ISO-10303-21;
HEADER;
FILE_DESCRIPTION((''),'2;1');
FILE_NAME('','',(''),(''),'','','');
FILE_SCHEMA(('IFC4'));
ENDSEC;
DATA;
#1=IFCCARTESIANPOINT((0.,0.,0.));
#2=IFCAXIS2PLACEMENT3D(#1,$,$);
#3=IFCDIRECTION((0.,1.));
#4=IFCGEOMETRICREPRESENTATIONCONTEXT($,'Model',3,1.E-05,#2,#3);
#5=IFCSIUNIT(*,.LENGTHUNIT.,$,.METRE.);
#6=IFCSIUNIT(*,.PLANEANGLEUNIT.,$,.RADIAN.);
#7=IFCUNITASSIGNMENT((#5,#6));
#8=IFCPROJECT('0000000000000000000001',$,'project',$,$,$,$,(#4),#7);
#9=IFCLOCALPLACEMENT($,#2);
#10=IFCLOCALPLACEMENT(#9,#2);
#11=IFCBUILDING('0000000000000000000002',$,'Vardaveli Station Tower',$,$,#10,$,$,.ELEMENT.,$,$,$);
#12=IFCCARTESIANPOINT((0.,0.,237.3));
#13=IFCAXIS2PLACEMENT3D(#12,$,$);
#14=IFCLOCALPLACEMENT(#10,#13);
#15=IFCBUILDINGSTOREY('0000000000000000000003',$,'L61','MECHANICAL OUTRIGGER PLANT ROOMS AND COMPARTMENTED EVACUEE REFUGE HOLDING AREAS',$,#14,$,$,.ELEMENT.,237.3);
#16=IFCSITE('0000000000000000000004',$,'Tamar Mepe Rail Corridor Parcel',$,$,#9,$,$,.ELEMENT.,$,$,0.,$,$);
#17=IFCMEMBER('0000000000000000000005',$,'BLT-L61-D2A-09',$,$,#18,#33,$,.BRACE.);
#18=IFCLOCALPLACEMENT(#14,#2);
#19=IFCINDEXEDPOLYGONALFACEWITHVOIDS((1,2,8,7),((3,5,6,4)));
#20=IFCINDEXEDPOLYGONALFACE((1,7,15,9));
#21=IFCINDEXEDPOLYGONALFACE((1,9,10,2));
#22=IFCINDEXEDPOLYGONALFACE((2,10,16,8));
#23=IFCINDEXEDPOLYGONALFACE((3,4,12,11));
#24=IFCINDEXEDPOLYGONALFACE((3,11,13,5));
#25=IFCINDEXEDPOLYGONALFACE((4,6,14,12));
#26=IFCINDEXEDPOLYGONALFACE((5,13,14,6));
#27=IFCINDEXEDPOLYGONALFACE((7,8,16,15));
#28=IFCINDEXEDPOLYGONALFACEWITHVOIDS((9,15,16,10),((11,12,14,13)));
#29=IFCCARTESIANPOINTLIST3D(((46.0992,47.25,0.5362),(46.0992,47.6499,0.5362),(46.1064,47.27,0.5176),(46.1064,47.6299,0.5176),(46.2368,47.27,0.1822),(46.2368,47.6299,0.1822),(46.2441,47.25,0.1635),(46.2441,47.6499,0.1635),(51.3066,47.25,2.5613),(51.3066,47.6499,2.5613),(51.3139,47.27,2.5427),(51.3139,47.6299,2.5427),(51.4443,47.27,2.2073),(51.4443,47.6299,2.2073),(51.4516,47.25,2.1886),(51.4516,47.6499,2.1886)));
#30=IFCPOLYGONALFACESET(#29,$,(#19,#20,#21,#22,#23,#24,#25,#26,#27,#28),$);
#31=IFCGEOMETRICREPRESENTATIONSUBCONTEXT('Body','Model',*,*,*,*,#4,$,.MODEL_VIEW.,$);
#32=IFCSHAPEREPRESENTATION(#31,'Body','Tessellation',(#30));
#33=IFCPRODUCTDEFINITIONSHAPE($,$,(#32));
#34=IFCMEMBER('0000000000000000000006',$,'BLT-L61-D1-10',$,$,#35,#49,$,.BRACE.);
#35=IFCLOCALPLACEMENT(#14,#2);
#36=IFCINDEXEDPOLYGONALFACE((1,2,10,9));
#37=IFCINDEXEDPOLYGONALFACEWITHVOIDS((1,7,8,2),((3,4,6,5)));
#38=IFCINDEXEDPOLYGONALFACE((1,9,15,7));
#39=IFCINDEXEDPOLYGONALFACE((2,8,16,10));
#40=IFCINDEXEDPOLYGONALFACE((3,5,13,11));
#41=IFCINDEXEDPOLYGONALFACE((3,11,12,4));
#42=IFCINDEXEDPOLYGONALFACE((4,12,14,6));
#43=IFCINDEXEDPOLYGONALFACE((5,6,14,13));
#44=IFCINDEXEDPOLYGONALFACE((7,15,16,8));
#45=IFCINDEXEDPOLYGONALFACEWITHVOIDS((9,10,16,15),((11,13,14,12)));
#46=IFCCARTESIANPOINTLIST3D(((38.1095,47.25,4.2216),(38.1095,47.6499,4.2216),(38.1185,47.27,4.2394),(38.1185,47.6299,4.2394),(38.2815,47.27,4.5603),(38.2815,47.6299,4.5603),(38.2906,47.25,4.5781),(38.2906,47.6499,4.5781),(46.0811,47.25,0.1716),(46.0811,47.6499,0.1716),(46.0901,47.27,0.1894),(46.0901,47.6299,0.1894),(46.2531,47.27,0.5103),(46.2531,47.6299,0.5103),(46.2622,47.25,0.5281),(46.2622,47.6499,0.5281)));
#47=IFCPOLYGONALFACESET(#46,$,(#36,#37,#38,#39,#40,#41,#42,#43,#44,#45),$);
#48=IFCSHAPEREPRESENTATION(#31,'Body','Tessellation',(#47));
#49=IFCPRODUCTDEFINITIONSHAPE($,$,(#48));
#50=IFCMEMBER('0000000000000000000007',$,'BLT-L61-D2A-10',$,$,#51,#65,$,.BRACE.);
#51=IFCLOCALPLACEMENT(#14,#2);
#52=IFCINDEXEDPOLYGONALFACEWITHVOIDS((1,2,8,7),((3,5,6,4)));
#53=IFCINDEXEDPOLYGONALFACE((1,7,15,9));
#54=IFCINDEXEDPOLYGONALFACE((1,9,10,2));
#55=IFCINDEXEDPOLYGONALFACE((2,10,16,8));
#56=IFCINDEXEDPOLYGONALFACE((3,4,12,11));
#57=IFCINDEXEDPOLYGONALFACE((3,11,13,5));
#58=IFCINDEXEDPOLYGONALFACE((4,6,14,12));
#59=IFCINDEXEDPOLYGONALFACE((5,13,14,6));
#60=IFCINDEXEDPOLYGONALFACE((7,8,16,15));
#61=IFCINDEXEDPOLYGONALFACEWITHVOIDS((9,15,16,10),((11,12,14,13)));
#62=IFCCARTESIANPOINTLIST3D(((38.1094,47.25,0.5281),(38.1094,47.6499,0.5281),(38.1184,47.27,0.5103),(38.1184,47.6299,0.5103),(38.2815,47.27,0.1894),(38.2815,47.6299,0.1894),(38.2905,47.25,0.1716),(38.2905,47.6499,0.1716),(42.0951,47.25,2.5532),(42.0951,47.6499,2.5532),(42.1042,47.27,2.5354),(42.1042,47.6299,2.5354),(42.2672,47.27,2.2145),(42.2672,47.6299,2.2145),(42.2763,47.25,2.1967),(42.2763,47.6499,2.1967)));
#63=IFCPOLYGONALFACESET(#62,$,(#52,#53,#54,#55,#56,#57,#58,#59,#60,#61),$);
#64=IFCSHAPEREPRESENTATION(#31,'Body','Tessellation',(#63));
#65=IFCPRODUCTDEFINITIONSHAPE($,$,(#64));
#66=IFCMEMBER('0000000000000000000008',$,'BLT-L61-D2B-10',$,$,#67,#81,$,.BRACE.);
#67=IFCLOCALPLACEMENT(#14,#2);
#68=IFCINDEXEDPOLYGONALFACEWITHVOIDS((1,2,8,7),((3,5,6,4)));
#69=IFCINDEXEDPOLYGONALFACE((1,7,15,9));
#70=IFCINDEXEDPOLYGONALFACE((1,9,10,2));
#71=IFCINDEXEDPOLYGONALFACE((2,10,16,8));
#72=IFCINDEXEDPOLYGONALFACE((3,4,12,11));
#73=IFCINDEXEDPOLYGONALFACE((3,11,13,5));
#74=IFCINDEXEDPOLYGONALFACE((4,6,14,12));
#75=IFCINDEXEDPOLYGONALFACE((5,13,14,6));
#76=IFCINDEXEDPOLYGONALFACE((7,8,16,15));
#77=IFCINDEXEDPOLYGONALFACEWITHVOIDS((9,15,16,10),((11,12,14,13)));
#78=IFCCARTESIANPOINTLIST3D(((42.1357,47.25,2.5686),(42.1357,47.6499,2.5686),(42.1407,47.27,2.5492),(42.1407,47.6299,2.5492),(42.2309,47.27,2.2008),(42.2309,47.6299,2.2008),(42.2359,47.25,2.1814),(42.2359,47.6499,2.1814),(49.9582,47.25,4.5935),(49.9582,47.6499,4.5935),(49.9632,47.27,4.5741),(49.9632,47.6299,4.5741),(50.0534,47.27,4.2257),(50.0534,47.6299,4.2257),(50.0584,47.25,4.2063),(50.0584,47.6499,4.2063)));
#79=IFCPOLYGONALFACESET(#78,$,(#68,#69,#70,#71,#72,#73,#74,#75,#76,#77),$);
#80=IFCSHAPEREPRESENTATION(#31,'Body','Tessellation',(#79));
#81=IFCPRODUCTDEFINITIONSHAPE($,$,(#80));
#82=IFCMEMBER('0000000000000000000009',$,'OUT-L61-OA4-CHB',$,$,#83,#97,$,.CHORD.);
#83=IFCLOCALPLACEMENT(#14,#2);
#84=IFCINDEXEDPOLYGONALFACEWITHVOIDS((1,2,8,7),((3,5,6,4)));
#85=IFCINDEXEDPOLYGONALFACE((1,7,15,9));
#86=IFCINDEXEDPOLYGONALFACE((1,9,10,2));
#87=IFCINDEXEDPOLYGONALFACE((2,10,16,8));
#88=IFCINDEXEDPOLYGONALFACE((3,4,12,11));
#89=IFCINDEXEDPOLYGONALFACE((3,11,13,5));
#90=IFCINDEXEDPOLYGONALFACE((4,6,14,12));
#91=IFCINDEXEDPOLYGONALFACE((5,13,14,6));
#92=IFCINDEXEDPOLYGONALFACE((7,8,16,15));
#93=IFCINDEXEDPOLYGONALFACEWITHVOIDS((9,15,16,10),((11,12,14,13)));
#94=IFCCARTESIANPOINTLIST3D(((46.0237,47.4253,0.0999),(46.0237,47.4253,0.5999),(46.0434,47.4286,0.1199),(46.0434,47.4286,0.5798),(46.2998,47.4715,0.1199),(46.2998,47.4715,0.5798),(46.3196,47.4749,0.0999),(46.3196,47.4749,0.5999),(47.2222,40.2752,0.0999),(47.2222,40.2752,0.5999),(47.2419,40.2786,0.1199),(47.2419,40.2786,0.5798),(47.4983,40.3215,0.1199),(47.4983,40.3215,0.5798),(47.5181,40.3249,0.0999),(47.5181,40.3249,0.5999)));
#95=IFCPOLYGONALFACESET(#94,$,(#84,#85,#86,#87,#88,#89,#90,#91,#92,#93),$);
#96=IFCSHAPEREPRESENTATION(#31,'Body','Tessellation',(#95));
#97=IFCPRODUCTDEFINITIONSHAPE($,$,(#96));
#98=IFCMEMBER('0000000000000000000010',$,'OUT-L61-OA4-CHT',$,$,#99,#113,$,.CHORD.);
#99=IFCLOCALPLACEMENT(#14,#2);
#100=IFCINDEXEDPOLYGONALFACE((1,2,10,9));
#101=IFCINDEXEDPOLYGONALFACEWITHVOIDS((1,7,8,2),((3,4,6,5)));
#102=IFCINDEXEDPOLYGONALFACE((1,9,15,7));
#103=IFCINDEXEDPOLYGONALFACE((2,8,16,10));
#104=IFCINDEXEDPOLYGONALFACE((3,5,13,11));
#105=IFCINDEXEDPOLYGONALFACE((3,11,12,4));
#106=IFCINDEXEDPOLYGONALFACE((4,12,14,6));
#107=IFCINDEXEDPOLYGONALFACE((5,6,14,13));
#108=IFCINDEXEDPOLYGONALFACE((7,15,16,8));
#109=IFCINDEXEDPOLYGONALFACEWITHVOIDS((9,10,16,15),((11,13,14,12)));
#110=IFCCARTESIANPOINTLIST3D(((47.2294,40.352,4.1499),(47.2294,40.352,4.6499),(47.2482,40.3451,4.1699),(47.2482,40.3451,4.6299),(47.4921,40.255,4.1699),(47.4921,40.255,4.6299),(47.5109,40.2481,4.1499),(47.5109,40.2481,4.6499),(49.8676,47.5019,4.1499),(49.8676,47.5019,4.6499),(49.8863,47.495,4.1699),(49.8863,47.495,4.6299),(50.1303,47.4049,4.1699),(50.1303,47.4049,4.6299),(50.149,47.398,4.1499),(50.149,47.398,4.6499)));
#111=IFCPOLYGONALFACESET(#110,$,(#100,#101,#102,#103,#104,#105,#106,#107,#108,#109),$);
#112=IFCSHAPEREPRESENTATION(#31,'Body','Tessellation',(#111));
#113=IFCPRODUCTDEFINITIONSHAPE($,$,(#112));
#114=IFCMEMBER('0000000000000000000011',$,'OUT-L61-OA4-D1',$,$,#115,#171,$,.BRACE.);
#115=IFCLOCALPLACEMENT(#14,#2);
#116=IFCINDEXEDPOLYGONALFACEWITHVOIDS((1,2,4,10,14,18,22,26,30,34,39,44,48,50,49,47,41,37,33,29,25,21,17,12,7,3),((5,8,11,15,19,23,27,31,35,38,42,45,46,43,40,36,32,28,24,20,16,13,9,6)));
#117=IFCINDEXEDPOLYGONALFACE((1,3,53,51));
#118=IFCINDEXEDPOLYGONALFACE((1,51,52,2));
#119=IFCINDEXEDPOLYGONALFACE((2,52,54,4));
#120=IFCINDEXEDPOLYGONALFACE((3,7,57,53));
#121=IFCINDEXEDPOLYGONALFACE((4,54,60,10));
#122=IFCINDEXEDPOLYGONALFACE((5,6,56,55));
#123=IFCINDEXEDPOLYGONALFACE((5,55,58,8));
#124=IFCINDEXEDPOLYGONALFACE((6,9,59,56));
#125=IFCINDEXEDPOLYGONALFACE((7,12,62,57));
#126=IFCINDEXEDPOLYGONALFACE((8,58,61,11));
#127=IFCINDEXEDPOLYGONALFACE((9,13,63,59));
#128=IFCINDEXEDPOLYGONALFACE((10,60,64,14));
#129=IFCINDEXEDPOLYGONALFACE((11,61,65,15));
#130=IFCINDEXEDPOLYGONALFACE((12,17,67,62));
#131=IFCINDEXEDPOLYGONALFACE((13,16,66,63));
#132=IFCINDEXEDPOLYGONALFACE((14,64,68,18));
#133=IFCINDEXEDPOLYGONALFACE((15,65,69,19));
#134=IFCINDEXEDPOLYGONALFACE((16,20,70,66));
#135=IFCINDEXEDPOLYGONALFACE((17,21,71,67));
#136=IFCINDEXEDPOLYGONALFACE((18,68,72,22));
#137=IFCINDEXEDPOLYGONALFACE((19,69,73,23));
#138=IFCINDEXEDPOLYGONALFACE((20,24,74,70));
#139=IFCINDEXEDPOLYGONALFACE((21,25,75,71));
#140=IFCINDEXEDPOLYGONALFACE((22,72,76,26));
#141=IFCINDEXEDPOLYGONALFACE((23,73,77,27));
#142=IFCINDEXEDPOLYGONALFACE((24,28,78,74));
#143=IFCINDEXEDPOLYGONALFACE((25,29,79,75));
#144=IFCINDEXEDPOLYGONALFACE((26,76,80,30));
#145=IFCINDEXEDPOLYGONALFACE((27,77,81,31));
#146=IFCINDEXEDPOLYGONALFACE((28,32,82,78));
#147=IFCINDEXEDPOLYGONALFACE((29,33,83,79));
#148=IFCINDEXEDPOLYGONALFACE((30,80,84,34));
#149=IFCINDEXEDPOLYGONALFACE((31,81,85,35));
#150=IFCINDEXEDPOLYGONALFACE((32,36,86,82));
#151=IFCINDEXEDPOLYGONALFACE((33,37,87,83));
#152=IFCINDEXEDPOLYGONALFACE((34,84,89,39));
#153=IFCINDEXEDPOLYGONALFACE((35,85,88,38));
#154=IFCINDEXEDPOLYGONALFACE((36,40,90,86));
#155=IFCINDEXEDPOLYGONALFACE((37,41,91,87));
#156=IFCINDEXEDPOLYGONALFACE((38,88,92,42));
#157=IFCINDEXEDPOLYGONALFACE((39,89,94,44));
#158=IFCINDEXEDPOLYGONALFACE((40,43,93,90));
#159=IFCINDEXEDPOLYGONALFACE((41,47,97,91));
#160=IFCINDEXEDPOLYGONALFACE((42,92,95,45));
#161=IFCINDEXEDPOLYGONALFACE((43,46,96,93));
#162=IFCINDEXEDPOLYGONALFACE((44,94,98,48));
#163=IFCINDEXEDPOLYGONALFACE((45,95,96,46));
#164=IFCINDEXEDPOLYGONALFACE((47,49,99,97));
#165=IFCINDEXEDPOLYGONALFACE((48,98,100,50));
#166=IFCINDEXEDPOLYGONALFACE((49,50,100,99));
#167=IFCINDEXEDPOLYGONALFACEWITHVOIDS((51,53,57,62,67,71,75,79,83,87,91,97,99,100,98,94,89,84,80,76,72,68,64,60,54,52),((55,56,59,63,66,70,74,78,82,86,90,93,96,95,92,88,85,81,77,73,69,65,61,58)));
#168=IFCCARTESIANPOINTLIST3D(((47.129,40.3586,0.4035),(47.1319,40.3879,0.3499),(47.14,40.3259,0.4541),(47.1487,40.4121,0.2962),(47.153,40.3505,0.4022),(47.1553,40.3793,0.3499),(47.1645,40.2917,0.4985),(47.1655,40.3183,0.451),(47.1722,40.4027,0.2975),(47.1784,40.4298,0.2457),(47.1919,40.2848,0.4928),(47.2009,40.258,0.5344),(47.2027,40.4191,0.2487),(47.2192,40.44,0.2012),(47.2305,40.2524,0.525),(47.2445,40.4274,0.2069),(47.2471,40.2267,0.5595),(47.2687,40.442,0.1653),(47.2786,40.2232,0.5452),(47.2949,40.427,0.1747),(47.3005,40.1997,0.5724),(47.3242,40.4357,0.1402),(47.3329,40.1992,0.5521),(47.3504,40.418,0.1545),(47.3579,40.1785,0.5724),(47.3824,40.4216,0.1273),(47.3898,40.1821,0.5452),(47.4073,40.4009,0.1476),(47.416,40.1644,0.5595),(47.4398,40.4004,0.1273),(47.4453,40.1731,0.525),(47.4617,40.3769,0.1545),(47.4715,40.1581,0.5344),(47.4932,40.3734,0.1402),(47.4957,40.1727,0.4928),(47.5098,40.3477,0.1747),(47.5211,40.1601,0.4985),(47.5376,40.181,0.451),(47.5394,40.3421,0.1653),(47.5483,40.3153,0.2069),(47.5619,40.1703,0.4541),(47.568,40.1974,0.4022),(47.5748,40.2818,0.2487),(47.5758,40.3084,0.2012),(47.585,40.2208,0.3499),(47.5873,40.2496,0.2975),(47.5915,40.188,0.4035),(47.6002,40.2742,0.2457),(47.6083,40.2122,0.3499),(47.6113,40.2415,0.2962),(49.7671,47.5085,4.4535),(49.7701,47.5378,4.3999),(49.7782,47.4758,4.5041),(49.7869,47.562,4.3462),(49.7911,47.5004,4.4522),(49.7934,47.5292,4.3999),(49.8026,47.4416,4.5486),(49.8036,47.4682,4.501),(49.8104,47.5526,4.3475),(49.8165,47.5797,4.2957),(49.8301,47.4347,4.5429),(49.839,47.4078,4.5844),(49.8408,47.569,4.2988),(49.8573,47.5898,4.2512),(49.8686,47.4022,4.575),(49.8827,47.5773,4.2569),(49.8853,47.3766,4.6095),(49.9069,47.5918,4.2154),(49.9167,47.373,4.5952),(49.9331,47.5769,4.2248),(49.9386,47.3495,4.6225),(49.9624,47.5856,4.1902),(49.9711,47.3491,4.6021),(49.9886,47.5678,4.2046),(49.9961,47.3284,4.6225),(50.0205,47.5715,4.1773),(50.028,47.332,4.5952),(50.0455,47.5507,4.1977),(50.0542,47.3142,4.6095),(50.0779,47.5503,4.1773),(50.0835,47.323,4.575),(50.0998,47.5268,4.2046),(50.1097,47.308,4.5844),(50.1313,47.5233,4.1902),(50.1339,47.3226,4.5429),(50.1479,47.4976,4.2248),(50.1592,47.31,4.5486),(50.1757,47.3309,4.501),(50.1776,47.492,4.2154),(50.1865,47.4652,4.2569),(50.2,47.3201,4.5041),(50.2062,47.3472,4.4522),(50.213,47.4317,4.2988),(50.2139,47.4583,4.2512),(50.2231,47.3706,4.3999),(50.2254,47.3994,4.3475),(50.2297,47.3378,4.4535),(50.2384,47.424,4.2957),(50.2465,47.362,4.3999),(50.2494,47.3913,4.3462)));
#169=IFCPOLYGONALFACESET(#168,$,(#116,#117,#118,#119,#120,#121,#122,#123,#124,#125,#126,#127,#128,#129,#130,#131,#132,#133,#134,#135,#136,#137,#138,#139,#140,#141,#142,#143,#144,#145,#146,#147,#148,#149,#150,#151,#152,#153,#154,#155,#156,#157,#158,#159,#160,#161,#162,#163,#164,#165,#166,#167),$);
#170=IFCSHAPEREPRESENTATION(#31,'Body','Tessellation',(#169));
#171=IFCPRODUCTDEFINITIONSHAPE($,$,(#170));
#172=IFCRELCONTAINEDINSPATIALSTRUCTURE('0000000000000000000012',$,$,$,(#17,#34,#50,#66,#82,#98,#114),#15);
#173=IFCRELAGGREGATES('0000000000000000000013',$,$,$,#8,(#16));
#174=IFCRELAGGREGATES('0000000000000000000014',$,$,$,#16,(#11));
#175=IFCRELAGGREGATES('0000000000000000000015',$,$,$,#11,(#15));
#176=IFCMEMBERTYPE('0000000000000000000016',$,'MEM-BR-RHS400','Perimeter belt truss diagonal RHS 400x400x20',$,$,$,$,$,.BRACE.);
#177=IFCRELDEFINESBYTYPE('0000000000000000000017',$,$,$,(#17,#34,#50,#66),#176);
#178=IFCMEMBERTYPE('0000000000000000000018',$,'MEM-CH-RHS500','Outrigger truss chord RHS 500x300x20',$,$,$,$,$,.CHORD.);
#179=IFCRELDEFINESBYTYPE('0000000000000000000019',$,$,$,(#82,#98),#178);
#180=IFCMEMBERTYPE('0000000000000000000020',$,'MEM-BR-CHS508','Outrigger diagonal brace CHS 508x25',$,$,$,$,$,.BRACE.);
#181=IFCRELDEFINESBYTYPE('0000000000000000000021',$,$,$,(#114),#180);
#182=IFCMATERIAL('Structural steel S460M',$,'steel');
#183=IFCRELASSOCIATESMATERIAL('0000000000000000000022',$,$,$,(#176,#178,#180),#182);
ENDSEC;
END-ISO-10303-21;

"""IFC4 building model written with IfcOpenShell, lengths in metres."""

from ifc_helpers import new_model, si_unit, direction, frame, origin, origin_2d, place, context, subcontext, project, spatial, hollow_rectangle, hollow_circle, extrude, source, transform, mapped, material, material_profile, profile_set, type_object, element, save


model = new_model("IFC4")

# Units and contexts
model_context = context("Model", 3, precision=1e-05, world=origin(), true_north=direction((0.0, 1.0)))
body_context = subcontext(model_context, "Body", "Model", "MODEL_VIEW")
ifc_project = project(units=[si_unit("LENGTHUNIT", "METRE"), si_unit("PLANEANGLEUNIT", "RADIAN")], contexts=[model_context])

# Site, building, storey
site_placement = place(None, origin())
site = spatial("IfcSite", under=ifc_project, at=site_placement, Name="Tamar Mepe Rail Corridor Parcel", CompositionType="ELEMENT", RefElevation=0.0)
building_placement = place(site_placement, origin())
building = spatial("IfcBuilding", under=site, at=building_placement, Name="Vardaveli Station Tower", CompositionType="ELEMENT")
storey_placement = place(building_placement, frame((0.0, 0.0, 237.3)))
storey = spatial("IfcBuildingStorey", under=building, at=storey_placement, Name="L61", Description="MECHANICAL OUTRIGGER PLANT ROOMS AND COMPARTMENTED EVACUEE REFUGE HOLDING AREAS", CompositionType="ELEMENT", Elevation=237.3)

# Shared definitions
ifc_material_1 = material(Name="Structural steel S460M", Category="steel")

# Members
ifc_material_profile_1 = material_profile(ifc_material_1, hollow_rectangle(XDim=0.3999, YDim=0.3999, WallThickness=0.02, at=origin_2d()), Name="RHS 400x400x20")
ifc_profile_set_1 = profile_set([ifc_material_profile_1], Name="Structural steel S460M")
member_type_1 = type_object("IfcMemberType", Name="MEM-BR-RHS400", Description="Perimeter belt truss diagonal RHS 400x400x20", PredefinedType="BRACE", material=ifc_profile_set_1)
shared_shape_1 = source(origin(), body_context, "Body", "SweptSolid", [
    extrude(hollow_rectangle(XDim=0.3999, YDim=0.3999, WallThickness=0.02, at=origin_2d()), origin(), (0.0, 0.0, 1.0), 5.5874),
])
member_1_placement = place(storey_placement, frame((46.1716, 47.45, 0.3499), z_axis=(0.932005, 0.0, 0.362446), x_axis=(0.0, 1.0, 0.0)))
element("IfcMember", 1, at=member_1_placement, inside=storey, type_object=member_type_1, Name="BLT-L61-D2A-09", PredefinedType="BRACE", context=body_context, shape_type="MappedRepresentation", body=[
    mapped(shared_shape_1, transform((0.0, 0.0, 0.0), scale=1.0)),
])
shared_shape_2 = source(origin(), body_context, "Body", "SweptSolid", [
    extrude(hollow_rectangle(XDim=0.3999, YDim=0.3999, WallThickness=0.02, at=origin_2d()), origin(), (0.0, 0.0, 1.0), 8.9414),
])
member_2_placement = place(storey_placement, frame((46.1716, 47.45, 0.3499), z_axis=(-0.891536, 0.0, 0.452949), x_axis=(0.0, -1.0, 0.0)))
element("IfcMember", 2, at=member_2_placement, inside=storey, type_object=member_type_1, Name="BLT-L61-D1-10", PredefinedType="BRACE", context=body_context, shape_type="MappedRepresentation", body=[
    mapped(shared_shape_2, transform((0.0, 0.0, 0.0), scale=1.0)),
])
shared_shape_3 = source(origin(), body_context, "Body", "SweptSolid", [
    extrude(hollow_rectangle(XDim=0.3999, YDim=0.3999, WallThickness=0.02, at=origin_2d()), origin(), (0.0, 0.0, 1.0), 4.4707),
])
member_3_placement = place(storey_placement, frame((38.2, 47.45, 0.3499), z_axis=(0.891525, 0.0, 0.452971), x_axis=(0.0, 1.0, 0.0)))
element("IfcMember", 3, at=member_3_placement, inside=storey, type_object=member_type_1, Name="BLT-L61-D2A-10", PredefinedType="BRACE", context=body_context, shape_type="MappedRepresentation", body=[
    mapped(shared_shape_3, transform((0.0, 0.0, 0.0), scale=1.0)),
])
shared_shape_4 = source(origin(), body_context, "Body", "SweptSolid", [
    extrude(hollow_rectangle(XDim=0.3999, YDim=0.3999, WallThickness=0.02, at=origin_2d()), origin(), (0.0, 0.0, 1.0), 8.0803),
])
member_4_placement = place(storey_placement, frame((42.1858, 47.45, 2.375), z_axis=(0.968092, 0.0, 0.250596), x_axis=(0.0, 1.0, 0.0)))
element("IfcMember", 4, at=member_4_placement, inside=storey, type_object=member_type_1, Name="BLT-L61-D2B-10", PredefinedType="BRACE", context=body_context, shape_type="MappedRepresentation", body=[
    mapped(shared_shape_4, transform((0.0, 0.0, 0.0), scale=1.0)),
])
ifc_material_profile_2 = material_profile(ifc_material_1, hollow_rectangle(XDim=0.3, YDim=0.5, WallThickness=0.02, at=origin_2d()), Name="RHS 500x300x20")
ifc_profile_set_2 = profile_set([ifc_material_profile_2], Name="Structural steel S460M")
member_type_2 = type_object("IfcMemberType", Name="MEM-CH-RHS500", Description="Outrigger truss chord RHS 500x300x20", PredefinedType="CHORD", material=ifc_profile_set_2)
shared_shape_5 = source(origin(), body_context, "Body", "SweptSolid", [
    extrude(hollow_rectangle(XDim=0.3, YDim=0.5, WallThickness=0.02, at=origin_2d()), origin(), (0.0, 0.0, 1.0), 7.2498),
])
member_5_placement = place(storey_placement, frame((47.3701, 40.3, 0.3499), z_axis=(-0.165316, 0.986241, 0.0), x_axis=(-0.986241, -0.165316, 0.0)))
element("IfcMember", 5, at=member_5_placement, inside=storey, type_object=member_type_2, Name="OUT-L61-OA4-CHB", PredefinedType="CHORD", context=body_context, shape_type="MappedRepresentation", body=[
    mapped(shared_shape_5, transform((0.0, 0.0, 0.0), scale=1.0)),
])
shared_shape_6 = source(origin(), body_context, "Body", "SweptSolid", [
    extrude(hollow_rectangle(XDim=0.3, YDim=0.5, WallThickness=0.02, at=origin_2d()), origin(), (0.0, 0.0, 1.0), 7.6211),
])
member_6_placement = place(storey_placement, frame((47.3701, 40.3, 4.3999), z_axis=(0.346168, 0.938172, 0.0), x_axis=(-0.938172, 0.346168, 0.0)))
element("IfcMember", 6, at=member_6_placement, inside=storey, type_object=member_type_2, Name="OUT-L61-OA4-CHT", PredefinedType="CHORD", context=body_context, shape_type="MappedRepresentation", body=[
    mapped(shared_shape_6, transform((0.0, 0.0, 0.0), scale=1.0)),
])
ifc_material_profile_3 = material_profile(ifc_material_1, hollow_circle(Radius=0.2539, WallThickness=0.0249, at=origin_2d()), Name="CHS 508x25")
ifc_profile_set_3 = profile_set([ifc_material_profile_3], Name="Structural steel S460M")
member_type_3 = type_object("IfcMemberType", Name="MEM-BR-CHS508", Description="Outrigger diagonal brace CHS 508x25", PredefinedType="BRACE", material=ifc_profile_set_3)
shared_shape_7 = source(origin(), body_context, "Body", "SweptSolid", [
    extrude(hollow_circle(Radius=0.2539, WallThickness=0.0249, at=origin_2d()), origin(), (0.0, 0.0, 1.0), 8.6304),
])
member_7_placement = place(storey_placement, frame((47.3701, 40.3, 0.3499), z_axis=(0.305685, 0.828454, 0.469276), x_axis=(-0.938172, 0.346168, 0.0)))
element("IfcMember", 7, at=member_7_placement, inside=storey, type_object=member_type_3, Name="OUT-L61-OA4-D1", PredefinedType="BRACE", context=body_context, shape_type="MappedRepresentation", body=[
    mapped(shared_shape_7, transform((0.0, 0.0, 0.0), scale=1.0)),
])

save(model, "model.ifc")
